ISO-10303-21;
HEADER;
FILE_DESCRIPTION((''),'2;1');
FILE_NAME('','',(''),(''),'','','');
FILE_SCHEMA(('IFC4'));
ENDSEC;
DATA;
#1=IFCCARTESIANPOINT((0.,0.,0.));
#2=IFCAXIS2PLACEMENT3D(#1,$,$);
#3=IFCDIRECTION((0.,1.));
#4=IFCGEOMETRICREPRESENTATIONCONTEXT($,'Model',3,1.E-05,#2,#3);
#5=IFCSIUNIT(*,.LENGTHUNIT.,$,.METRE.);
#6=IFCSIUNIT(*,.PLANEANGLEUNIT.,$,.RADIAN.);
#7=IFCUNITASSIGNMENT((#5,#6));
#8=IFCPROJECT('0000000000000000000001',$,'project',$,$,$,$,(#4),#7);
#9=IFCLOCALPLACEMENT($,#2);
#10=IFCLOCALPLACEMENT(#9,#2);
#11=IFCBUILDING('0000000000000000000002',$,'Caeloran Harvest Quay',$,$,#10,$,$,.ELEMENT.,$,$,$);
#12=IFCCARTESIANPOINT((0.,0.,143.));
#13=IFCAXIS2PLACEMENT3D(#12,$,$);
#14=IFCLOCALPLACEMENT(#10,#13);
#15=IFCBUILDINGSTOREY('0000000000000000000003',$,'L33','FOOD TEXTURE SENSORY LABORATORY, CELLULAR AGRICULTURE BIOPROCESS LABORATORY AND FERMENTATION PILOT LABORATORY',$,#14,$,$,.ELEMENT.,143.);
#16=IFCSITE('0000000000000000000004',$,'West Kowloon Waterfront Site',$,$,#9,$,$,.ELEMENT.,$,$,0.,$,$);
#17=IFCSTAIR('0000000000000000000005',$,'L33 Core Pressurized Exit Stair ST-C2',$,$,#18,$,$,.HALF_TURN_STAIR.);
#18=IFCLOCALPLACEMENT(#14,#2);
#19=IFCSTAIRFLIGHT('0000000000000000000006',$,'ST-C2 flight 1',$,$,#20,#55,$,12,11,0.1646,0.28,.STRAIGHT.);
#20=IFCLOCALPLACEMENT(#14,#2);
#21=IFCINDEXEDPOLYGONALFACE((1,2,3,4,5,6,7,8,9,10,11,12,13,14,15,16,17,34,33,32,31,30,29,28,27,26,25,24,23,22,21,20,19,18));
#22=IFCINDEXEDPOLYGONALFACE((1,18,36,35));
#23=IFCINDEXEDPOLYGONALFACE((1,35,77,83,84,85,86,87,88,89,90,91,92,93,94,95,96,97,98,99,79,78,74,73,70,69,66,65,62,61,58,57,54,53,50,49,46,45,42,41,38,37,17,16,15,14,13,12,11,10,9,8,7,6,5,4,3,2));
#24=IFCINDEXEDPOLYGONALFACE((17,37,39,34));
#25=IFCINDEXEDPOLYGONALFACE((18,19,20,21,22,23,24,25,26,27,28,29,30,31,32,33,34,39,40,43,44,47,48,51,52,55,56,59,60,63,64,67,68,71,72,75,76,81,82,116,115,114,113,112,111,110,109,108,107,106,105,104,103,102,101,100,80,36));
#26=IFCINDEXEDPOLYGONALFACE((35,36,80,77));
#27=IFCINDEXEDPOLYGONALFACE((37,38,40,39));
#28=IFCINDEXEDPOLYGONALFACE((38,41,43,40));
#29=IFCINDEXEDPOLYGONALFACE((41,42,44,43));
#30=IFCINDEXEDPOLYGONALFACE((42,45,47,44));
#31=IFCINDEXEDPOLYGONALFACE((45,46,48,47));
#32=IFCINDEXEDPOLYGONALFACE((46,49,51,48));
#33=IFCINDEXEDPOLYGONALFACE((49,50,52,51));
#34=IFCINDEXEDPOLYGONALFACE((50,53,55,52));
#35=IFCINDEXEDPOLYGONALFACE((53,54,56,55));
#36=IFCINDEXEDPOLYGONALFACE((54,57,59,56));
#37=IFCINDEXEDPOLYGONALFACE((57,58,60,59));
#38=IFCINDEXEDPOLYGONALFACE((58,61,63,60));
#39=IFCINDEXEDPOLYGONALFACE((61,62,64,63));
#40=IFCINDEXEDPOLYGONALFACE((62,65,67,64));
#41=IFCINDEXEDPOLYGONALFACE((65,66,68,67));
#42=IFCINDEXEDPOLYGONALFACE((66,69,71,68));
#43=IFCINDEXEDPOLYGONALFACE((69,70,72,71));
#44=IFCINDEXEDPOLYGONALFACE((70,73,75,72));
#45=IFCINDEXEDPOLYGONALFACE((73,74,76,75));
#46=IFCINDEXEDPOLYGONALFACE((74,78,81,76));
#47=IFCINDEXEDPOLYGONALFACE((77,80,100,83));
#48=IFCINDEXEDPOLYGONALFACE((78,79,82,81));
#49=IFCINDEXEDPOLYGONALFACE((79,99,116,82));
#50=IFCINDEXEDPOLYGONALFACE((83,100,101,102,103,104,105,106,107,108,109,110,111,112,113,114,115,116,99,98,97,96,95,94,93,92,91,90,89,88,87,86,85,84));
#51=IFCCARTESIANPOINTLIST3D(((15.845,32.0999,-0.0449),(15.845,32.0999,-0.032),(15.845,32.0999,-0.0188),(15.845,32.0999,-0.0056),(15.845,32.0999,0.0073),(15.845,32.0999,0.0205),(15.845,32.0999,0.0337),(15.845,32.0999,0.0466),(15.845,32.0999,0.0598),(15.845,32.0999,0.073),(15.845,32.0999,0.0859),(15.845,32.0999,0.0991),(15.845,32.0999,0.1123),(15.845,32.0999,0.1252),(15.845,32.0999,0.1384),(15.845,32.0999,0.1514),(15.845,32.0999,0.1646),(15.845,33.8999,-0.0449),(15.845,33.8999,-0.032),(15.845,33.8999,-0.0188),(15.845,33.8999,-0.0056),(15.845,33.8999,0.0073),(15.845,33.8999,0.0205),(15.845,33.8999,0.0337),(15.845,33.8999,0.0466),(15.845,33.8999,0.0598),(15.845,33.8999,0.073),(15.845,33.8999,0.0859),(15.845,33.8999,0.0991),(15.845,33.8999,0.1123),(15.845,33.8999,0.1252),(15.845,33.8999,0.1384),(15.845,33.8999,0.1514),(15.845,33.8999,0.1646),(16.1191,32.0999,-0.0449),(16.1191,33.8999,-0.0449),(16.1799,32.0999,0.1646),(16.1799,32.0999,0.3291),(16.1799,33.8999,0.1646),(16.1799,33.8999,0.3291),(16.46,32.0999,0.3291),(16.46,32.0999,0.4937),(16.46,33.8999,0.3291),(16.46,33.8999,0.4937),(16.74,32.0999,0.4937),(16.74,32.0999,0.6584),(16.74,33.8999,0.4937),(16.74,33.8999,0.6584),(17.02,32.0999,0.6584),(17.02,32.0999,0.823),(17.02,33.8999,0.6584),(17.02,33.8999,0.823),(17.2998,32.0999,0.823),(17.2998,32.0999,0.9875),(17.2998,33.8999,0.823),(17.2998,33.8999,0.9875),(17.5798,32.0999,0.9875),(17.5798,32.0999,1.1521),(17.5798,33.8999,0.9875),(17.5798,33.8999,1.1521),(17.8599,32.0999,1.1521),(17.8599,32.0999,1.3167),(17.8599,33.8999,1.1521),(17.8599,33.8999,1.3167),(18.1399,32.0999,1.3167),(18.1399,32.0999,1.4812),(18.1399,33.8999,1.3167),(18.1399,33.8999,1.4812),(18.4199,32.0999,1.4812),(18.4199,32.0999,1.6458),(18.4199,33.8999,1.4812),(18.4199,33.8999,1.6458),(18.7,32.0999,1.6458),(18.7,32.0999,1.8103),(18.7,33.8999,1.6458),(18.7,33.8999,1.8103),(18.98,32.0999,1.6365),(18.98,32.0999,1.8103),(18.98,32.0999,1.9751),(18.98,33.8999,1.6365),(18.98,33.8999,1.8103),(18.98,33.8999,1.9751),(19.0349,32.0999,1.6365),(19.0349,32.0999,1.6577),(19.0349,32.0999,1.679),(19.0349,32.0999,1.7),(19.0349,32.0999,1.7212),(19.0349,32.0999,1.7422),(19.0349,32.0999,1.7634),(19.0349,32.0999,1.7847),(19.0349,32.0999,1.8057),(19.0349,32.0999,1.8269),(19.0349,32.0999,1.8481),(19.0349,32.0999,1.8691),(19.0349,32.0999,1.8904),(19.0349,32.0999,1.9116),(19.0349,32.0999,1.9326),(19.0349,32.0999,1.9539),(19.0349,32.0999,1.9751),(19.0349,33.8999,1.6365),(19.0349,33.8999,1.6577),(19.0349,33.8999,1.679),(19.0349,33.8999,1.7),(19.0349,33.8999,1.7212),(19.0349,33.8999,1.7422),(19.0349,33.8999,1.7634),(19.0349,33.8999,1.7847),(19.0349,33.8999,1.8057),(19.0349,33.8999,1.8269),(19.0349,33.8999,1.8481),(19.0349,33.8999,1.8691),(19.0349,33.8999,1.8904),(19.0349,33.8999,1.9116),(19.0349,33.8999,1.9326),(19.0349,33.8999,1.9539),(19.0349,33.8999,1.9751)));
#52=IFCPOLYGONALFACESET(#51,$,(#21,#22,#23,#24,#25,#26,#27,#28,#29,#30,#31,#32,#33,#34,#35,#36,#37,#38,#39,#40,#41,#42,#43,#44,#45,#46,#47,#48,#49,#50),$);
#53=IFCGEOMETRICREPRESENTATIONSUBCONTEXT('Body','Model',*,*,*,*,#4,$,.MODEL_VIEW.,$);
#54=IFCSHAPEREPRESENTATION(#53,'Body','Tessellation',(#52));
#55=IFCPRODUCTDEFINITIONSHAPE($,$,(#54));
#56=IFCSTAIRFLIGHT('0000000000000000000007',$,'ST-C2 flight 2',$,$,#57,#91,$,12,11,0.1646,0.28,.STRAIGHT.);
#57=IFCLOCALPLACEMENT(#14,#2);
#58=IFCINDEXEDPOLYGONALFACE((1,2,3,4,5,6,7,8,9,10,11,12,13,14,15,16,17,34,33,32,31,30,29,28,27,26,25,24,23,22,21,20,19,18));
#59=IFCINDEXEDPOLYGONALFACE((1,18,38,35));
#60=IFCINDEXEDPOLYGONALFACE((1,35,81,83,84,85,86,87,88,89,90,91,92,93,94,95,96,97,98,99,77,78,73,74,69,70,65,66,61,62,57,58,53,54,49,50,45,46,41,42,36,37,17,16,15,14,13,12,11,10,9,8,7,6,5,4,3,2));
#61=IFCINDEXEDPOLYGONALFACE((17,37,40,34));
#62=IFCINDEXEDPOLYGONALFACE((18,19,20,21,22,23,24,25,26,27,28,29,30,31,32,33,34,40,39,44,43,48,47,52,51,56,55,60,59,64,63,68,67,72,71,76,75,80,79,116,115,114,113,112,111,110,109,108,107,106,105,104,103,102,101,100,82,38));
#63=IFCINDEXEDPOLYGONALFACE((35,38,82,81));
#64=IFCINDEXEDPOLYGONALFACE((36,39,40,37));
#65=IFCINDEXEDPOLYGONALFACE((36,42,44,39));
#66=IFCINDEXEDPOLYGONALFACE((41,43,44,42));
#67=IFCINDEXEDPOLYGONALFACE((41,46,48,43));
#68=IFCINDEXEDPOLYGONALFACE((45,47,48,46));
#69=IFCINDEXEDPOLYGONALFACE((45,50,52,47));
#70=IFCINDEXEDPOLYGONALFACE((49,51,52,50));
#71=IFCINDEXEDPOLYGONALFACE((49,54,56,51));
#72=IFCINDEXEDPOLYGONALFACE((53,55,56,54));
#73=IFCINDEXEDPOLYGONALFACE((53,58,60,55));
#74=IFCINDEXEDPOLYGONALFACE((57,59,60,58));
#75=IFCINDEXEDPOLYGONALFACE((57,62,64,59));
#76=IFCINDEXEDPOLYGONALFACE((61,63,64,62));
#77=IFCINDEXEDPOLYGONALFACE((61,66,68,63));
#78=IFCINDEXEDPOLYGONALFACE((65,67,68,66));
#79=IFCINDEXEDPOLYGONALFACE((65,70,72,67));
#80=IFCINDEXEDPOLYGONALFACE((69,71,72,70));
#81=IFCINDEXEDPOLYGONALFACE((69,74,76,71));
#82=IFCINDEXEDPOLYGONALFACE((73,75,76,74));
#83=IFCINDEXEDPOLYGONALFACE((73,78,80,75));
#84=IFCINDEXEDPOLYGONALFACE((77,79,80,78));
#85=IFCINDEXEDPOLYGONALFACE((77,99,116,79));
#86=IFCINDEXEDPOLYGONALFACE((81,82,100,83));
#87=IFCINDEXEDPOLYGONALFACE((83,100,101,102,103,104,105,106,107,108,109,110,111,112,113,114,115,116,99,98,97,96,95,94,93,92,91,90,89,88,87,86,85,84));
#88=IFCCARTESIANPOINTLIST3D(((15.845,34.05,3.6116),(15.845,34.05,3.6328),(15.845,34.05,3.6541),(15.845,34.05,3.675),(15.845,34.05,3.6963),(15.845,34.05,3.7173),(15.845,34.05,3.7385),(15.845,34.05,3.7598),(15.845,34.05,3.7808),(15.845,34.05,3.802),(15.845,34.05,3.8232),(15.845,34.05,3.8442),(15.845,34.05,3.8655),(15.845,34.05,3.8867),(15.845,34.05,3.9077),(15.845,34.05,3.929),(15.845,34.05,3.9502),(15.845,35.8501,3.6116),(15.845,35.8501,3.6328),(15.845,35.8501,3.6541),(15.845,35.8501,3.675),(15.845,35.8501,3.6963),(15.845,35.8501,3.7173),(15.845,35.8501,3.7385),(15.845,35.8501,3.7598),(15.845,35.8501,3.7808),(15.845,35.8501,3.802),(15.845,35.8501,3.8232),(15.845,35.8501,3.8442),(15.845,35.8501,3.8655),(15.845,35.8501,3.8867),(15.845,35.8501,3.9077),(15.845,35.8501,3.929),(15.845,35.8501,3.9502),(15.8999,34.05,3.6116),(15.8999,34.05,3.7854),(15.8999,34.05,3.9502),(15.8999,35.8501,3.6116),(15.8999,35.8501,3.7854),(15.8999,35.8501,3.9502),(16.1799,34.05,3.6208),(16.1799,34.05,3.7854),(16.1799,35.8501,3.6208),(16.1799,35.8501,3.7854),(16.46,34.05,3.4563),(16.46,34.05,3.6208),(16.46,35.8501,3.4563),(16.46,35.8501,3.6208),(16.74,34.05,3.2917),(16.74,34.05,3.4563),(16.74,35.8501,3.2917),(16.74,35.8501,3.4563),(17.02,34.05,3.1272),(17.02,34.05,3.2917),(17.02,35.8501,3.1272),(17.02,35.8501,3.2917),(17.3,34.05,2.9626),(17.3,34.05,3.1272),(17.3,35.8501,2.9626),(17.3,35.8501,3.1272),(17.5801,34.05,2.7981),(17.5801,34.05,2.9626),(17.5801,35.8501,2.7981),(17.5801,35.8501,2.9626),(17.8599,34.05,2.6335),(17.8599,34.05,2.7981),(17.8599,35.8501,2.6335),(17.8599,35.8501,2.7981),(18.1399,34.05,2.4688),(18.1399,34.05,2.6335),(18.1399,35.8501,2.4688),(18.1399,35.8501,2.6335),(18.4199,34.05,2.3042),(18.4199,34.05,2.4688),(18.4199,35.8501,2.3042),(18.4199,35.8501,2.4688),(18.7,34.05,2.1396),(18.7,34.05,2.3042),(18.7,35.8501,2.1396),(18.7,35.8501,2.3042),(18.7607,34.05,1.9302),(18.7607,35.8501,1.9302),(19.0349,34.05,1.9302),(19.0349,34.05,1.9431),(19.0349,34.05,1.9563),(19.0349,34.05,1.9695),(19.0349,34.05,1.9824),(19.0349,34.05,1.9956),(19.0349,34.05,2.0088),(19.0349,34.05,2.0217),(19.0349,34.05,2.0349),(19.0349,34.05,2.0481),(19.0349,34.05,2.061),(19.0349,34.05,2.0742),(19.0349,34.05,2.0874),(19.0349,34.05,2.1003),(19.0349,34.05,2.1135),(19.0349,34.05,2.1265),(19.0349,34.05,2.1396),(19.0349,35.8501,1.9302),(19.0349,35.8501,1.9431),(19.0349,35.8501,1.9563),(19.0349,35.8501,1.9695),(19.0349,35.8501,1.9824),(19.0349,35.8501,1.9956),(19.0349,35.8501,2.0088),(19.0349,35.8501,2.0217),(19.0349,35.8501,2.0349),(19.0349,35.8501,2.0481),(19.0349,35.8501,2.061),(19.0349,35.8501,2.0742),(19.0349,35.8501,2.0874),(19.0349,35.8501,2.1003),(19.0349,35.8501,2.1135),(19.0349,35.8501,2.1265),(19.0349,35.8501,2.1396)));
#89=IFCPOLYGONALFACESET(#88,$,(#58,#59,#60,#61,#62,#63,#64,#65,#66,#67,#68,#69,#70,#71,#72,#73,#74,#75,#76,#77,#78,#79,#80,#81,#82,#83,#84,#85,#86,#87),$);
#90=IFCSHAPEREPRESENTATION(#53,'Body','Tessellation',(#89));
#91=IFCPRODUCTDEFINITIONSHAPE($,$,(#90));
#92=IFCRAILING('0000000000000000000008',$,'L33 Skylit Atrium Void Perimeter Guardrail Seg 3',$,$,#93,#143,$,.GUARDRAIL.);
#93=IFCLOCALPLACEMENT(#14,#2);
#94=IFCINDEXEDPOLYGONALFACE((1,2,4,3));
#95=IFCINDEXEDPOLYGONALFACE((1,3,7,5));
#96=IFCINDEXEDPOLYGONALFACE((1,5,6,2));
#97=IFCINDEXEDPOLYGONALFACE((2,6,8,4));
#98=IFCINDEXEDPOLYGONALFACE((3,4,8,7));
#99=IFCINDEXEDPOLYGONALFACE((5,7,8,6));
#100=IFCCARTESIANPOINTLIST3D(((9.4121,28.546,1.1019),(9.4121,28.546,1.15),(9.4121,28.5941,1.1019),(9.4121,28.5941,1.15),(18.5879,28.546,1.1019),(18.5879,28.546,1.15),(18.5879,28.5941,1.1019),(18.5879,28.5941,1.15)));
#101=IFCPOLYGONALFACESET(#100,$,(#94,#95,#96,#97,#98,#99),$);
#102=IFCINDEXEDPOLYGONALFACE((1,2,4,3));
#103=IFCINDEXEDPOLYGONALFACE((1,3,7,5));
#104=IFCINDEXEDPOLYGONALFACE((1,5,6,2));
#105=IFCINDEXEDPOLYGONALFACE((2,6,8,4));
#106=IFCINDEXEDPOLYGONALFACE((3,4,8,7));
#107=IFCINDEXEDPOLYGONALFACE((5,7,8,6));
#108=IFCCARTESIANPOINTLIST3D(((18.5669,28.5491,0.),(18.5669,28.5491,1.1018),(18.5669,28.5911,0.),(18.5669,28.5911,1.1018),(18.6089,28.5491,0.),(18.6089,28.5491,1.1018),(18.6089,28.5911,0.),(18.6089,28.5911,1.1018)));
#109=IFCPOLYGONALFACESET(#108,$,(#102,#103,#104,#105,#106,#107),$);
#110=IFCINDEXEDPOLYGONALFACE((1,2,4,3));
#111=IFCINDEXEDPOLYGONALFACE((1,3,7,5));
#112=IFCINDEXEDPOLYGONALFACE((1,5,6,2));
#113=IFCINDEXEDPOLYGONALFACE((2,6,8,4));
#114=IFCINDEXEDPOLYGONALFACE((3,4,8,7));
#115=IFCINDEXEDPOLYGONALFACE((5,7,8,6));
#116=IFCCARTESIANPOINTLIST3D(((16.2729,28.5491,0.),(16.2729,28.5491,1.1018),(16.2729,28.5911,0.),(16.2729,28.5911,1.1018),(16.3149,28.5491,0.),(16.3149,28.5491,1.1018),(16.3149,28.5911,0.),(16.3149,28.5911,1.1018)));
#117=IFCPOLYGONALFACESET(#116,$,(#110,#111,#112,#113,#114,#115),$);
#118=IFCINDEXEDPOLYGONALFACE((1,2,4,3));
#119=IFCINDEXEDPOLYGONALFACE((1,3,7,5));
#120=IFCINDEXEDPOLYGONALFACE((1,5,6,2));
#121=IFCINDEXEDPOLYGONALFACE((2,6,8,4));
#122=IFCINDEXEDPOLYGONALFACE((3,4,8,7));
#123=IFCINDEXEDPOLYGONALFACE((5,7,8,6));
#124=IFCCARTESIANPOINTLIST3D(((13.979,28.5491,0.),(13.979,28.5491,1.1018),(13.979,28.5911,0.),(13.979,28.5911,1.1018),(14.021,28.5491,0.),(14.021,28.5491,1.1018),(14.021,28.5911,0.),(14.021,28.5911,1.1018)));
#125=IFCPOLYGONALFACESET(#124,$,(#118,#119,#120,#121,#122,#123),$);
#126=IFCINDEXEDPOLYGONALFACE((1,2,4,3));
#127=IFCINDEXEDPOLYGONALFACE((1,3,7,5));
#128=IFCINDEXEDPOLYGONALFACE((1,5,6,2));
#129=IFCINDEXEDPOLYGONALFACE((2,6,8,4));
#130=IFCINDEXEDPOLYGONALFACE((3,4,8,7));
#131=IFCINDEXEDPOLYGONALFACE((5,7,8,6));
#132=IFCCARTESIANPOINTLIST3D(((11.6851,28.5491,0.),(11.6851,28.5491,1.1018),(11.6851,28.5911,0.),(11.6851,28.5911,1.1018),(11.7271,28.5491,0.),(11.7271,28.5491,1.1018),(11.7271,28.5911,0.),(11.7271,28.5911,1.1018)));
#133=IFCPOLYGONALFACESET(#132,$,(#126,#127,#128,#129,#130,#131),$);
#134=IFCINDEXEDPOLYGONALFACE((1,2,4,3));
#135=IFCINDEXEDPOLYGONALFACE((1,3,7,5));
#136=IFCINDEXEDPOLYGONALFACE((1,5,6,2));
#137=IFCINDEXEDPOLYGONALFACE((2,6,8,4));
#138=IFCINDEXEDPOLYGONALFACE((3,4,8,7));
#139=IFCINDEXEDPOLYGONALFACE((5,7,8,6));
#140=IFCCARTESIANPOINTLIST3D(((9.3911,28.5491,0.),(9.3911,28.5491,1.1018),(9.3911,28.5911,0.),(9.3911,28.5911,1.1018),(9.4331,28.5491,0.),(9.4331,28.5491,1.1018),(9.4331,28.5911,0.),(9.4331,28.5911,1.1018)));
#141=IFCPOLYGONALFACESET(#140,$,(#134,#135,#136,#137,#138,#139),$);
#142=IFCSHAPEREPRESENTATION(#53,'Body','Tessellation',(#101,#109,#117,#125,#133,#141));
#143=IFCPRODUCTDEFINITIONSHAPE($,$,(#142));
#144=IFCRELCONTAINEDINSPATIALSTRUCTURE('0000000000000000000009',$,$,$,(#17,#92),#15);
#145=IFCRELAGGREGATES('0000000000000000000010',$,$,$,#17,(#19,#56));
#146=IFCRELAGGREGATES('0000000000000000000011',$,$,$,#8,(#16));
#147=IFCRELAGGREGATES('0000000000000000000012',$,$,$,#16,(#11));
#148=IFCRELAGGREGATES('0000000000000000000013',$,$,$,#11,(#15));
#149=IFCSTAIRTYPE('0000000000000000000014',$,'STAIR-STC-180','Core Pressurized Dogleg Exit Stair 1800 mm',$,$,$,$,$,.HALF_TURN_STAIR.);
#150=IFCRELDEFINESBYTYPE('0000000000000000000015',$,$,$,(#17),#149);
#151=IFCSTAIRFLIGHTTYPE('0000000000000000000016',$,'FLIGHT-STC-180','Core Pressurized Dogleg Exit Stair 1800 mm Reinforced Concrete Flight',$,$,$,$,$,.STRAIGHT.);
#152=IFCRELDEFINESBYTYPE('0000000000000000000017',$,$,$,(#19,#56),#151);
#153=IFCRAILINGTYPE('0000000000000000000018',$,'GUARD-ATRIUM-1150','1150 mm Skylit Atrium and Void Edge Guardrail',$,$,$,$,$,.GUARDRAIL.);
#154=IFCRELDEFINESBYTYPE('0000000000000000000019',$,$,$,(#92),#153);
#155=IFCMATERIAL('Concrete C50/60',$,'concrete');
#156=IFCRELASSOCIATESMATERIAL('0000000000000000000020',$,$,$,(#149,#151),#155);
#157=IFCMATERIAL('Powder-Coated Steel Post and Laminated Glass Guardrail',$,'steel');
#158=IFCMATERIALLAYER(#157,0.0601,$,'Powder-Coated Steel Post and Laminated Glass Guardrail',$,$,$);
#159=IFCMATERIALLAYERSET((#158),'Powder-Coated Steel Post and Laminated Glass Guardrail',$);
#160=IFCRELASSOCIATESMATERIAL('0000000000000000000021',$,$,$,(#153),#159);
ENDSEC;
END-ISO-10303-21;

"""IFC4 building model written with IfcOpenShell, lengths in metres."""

from ifc_helpers import new_model, si_unit, direction, frame, origin, origin_2d, place, context, subcontext, project, spatial, polyline, rectangle, outline, extrude, material, layer, layer_set, type_object, element, aggregate, save


model = new_model("IFC4")

# Units and contexts
model_context = context("Model", 3, precision=1e-05, world=origin(), true_north=direction((0.0, 1.0)))
body_context = subcontext(model_context, "Body", "Model", "MODEL_VIEW")
ifc_project = project(units=[si_unit("LENGTHUNIT", "METRE"), si_unit("PLANEANGLEUNIT", "RADIAN")], contexts=[model_context])

# Site, building, storey
site_placement = place(None, origin())
site = spatial("IfcSite", under=ifc_project, at=site_placement, Name="West Kowloon Waterfront Site", CompositionType="ELEMENT", RefElevation=0.0)
building_placement = place(site_placement, origin())
building = spatial("IfcBuilding", under=site, at=building_placement, Name="Caeloran Harvest Quay", CompositionType="ELEMENT")
storey_placement = place(building_placement, frame((0.0, 0.0, 143.0)))
storey = spatial("IfcBuildingStorey", under=building, at=storey_placement, Name="L33", Description="FOOD TEXTURE SENSORY LABORATORY, CELLULAR AGRICULTURE BIOPROCESS LABORATORY AND FERMENTATION PILOT LABORATORY", CompositionType="ELEMENT", Elevation=143.0)

# Shared definitions
ifc_material_1 = material(Name="Concrete C50/60", Category="concrete")

# Stair, stair flights
stair_type = type_object("IfcStairType", Name="STAIR-STC-180", Description="Core Pressurized Dogleg Exit Stair 1800 mm", PredefinedType="HALF_TURN_STAIR", material=ifc_material_1)
stair_placement = place(storey_placement, origin())
stair = element("IfcStair", 1, at=stair_placement, inside=storey, type_object=stair_type, Name="L33 Core Pressurized Exit Stair ST-C2", PredefinedType="HALF_TURN_STAIR")
stair_flight_type = type_object("IfcStairFlightType", Name="FLIGHT-STC-180", Description="Core Pressurized Dogleg Exit Stair 1800 mm Reinforced Concrete Flight", PredefinedType="STRAIGHT", material=ifc_material_1)
stair_flight_1_placement = place(storey_placement, frame((15.8999, 33.0, 0.0), z_axis=(0.0, 0.0, 1.0), x_axis=(1.0, 0.0, 0.0)))
stair_flight_1 = element("IfcStairFlight", 2, at=stair_flight_1_placement, type_object=stair_flight_type, Name="ST-C2 flight 1", NumberOfRisers=12, NumberOfTreads=11, PredefinedType="STRAIGHT", RiserHeight=0.1646, TreadLength=0.28, context=body_context, shape_type="SweptSolid", body=[
    extrude(outline(polyline([(-0.0549, -0.0449), (-0.0549, -0.032), (-0.0549, -0.0188), (-0.0549, -0.0056), (-0.0549, 0.0073), (-0.0549, 0.0205), (-0.0549, 0.0337), (-0.0549, 0.0466), (-0.0549, 0.0598), (-0.0549, 0.073), (-0.0549, 0.0859), (-0.0549, 0.0991), (-0.0549, 0.1123), (-0.0549, 0.1252), (-0.0549, 0.1384), (-0.0549, 0.1514), (-0.0549, 0.1646), (0.28, 0.1646), (0.28, 0.3291), (0.5601, 0.3291), (0.5601, 0.4937), (0.8401, 0.4937), (0.8401, 0.6584), (1.1201, 0.6584), (1.1201, 0.823), (1.3999, 0.823), (1.3999, 0.9875), (1.6799, 0.9875), (1.6799, 1.1521), (1.96, 1.1521), (1.96, 1.3167), (2.24, 1.3167), (2.24, 1.4812), (2.52, 1.4812), (2.52, 1.6458), (2.8, 1.6458), (2.8, 1.8103), (3.0801, 1.8103), (3.0801, 1.9751), (3.135, 1.9751), (3.135, 1.9539), (3.135, 1.9326), (3.135, 1.9116), (3.135, 1.8904), (3.135, 1.8691), (3.135, 1.8481), (3.135, 1.8269), (3.135, 1.8057), (3.135, 1.7847), (3.135, 1.7634), (3.135, 1.7422), (3.135, 1.7212), (3.135, 1.7), (3.135, 1.679), (3.135, 1.6577), (3.135, 1.6365), (3.0801, 1.6365), (0.2192, -0.0449), (-0.0549, -0.0449)])), frame((0.0, 0.8999, 0.0), z_axis=(0.0, -1.0, 0.0), x_axis=(1.0, 0.0, 0.0)), (0.0, 0.0, 1.0), 1.8),
])
stair_flight_2_placement = place(storey_placement, frame((18.98, 34.95, 1.9751), z_axis=(0.0, 0.0, 1.0), x_axis=(-1.0, 0.0, 0.0)))
stair_flight_2 = element("IfcStairFlight", 3, at=stair_flight_2_placement, type_object=stair_flight_type, Name="ST-C2 flight 2", NumberOfRisers=12, NumberOfTreads=11, PredefinedType="STRAIGHT", RiserHeight=0.1646, TreadLength=0.28, context=body_context, shape_type="SweptSolid", body=[
    extrude(outline(polyline([(-0.0549, -0.0449), (-0.0549, -0.032), (-0.0549, -0.0188), (-0.0549, -0.0056), (-0.0549, 0.0073), (-0.0549, 0.0205), (-0.0549, 0.0337), (-0.0549, 0.0466), (-0.0549, 0.0598), (-0.0549, 0.073), (-0.0549, 0.0859), (-0.0549, 0.0991), (-0.0549, 0.1123), (-0.0549, 0.1252), (-0.0549, 0.1384), (-0.0549, 0.1514), (-0.0549, 0.1646), (0.28, 0.1646), (0.28, 0.3291), (0.5601, 0.3291), (0.5601, 0.4937), (0.8401, 0.4937), (0.8401, 0.6584), (1.1201, 0.6584), (1.1201, 0.823), (1.3999, 0.823), (1.3999, 0.9875), (1.6799, 0.9875), (1.6799, 1.1521), (1.96, 1.1521), (1.96, 1.3167), (2.24, 1.3167), (2.24, 1.4812), (2.52, 1.4812), (2.52, 1.6458), (2.8, 1.6458), (2.8, 1.8103), (3.0801, 1.8103), (3.0801, 1.9751), (3.135, 1.9751), (3.135, 1.9539), (3.135, 1.9326), (3.135, 1.9116), (3.135, 1.8904), (3.135, 1.8691), (3.135, 1.8481), (3.135, 1.8269), (3.135, 1.8057), (3.135, 1.7847), (3.135, 1.7634), (3.135, 1.7422), (3.135, 1.7212), (3.135, 1.7), (3.135, 1.679), (3.135, 1.6577), (3.135, 1.6365), (3.0801, 1.6365), (0.2192, -0.0449), (-0.0549, -0.0449)])), frame((0.0, 0.8999, 0.0), z_axis=(0.0, -1.0, 0.0), x_axis=(1.0, 0.0, 0.0)), (0.0, 0.0, 1.0), 1.8),
])
aggregate(stair, [stair_flight_1, stair_flight_2])

# Railing
ifc_material_2 = material(Name="Powder-Coated Steel Post and Laminated Glass Guardrail", Category="steel")
ifc_layer_1 = layer(ifc_material_2, 0.0601, Name="Powder-Coated Steel Post and Laminated Glass Guardrail")
ifc_layer_set_1 = layer_set([ifc_layer_1], Name="Powder-Coated Steel Post and Laminated Glass Guardrail")
railing_type_1 = type_object("IfcRailingType", Name="GUARD-ATRIUM-1150", Description="1150 mm Skylit Atrium and Void Edge Guardrail", PredefinedType="GUARDRAIL", material=ifc_layer_set_1)
railing_1_placement = place(storey_placement, frame((18.5879, 28.5701, 0.0)))
element("IfcRailing", 4, at=railing_1_placement, inside=storey, type_object=railing_type_1, Name="L33 Skylit Atrium Void Perimeter Guardrail Seg 3", PredefinedType="GUARDRAIL", context=body_context, shape_type="SweptSolid", body=[
    extrude(rectangle(XDim=0.0481, YDim=0.0481, at=origin_2d()), frame((0.0, 0.0, 1.126), z_axis=(-1.0, 0.0, 0.0), x_axis=(0.0, -1.0, 0.0)), (0.0, 0.0, 1.0), 9.1758),
    extrude(rectangle(XDim=0.042, YDim=0.042, at=origin_2d()), origin(), (0.0, 0.0, 1.0), 1.1018),
    extrude(rectangle(XDim=0.042, YDim=0.042, at=origin_2d()), frame((-2.2939, 0.0, 0.0)), (0.0, 0.0, 1.0), 1.1018),
    extrude(rectangle(XDim=0.042, YDim=0.042, at=origin_2d()), frame((-4.5879, 0.0, 0.0)), (0.0, 0.0, 1.0), 1.1018),
    extrude(rectangle(XDim=0.042, YDim=0.042, at=origin_2d()), frame((-6.8818, 0.0, 0.0)), (0.0, 0.0, 1.0), 1.1018),
    extrude(rectangle(XDim=0.042, YDim=0.042, at=origin_2d()), frame((-9.1758, 0.0, 0.0)), (0.0, 0.0, 1.0), 1.1018),
])

save(model, "model.ifc")
